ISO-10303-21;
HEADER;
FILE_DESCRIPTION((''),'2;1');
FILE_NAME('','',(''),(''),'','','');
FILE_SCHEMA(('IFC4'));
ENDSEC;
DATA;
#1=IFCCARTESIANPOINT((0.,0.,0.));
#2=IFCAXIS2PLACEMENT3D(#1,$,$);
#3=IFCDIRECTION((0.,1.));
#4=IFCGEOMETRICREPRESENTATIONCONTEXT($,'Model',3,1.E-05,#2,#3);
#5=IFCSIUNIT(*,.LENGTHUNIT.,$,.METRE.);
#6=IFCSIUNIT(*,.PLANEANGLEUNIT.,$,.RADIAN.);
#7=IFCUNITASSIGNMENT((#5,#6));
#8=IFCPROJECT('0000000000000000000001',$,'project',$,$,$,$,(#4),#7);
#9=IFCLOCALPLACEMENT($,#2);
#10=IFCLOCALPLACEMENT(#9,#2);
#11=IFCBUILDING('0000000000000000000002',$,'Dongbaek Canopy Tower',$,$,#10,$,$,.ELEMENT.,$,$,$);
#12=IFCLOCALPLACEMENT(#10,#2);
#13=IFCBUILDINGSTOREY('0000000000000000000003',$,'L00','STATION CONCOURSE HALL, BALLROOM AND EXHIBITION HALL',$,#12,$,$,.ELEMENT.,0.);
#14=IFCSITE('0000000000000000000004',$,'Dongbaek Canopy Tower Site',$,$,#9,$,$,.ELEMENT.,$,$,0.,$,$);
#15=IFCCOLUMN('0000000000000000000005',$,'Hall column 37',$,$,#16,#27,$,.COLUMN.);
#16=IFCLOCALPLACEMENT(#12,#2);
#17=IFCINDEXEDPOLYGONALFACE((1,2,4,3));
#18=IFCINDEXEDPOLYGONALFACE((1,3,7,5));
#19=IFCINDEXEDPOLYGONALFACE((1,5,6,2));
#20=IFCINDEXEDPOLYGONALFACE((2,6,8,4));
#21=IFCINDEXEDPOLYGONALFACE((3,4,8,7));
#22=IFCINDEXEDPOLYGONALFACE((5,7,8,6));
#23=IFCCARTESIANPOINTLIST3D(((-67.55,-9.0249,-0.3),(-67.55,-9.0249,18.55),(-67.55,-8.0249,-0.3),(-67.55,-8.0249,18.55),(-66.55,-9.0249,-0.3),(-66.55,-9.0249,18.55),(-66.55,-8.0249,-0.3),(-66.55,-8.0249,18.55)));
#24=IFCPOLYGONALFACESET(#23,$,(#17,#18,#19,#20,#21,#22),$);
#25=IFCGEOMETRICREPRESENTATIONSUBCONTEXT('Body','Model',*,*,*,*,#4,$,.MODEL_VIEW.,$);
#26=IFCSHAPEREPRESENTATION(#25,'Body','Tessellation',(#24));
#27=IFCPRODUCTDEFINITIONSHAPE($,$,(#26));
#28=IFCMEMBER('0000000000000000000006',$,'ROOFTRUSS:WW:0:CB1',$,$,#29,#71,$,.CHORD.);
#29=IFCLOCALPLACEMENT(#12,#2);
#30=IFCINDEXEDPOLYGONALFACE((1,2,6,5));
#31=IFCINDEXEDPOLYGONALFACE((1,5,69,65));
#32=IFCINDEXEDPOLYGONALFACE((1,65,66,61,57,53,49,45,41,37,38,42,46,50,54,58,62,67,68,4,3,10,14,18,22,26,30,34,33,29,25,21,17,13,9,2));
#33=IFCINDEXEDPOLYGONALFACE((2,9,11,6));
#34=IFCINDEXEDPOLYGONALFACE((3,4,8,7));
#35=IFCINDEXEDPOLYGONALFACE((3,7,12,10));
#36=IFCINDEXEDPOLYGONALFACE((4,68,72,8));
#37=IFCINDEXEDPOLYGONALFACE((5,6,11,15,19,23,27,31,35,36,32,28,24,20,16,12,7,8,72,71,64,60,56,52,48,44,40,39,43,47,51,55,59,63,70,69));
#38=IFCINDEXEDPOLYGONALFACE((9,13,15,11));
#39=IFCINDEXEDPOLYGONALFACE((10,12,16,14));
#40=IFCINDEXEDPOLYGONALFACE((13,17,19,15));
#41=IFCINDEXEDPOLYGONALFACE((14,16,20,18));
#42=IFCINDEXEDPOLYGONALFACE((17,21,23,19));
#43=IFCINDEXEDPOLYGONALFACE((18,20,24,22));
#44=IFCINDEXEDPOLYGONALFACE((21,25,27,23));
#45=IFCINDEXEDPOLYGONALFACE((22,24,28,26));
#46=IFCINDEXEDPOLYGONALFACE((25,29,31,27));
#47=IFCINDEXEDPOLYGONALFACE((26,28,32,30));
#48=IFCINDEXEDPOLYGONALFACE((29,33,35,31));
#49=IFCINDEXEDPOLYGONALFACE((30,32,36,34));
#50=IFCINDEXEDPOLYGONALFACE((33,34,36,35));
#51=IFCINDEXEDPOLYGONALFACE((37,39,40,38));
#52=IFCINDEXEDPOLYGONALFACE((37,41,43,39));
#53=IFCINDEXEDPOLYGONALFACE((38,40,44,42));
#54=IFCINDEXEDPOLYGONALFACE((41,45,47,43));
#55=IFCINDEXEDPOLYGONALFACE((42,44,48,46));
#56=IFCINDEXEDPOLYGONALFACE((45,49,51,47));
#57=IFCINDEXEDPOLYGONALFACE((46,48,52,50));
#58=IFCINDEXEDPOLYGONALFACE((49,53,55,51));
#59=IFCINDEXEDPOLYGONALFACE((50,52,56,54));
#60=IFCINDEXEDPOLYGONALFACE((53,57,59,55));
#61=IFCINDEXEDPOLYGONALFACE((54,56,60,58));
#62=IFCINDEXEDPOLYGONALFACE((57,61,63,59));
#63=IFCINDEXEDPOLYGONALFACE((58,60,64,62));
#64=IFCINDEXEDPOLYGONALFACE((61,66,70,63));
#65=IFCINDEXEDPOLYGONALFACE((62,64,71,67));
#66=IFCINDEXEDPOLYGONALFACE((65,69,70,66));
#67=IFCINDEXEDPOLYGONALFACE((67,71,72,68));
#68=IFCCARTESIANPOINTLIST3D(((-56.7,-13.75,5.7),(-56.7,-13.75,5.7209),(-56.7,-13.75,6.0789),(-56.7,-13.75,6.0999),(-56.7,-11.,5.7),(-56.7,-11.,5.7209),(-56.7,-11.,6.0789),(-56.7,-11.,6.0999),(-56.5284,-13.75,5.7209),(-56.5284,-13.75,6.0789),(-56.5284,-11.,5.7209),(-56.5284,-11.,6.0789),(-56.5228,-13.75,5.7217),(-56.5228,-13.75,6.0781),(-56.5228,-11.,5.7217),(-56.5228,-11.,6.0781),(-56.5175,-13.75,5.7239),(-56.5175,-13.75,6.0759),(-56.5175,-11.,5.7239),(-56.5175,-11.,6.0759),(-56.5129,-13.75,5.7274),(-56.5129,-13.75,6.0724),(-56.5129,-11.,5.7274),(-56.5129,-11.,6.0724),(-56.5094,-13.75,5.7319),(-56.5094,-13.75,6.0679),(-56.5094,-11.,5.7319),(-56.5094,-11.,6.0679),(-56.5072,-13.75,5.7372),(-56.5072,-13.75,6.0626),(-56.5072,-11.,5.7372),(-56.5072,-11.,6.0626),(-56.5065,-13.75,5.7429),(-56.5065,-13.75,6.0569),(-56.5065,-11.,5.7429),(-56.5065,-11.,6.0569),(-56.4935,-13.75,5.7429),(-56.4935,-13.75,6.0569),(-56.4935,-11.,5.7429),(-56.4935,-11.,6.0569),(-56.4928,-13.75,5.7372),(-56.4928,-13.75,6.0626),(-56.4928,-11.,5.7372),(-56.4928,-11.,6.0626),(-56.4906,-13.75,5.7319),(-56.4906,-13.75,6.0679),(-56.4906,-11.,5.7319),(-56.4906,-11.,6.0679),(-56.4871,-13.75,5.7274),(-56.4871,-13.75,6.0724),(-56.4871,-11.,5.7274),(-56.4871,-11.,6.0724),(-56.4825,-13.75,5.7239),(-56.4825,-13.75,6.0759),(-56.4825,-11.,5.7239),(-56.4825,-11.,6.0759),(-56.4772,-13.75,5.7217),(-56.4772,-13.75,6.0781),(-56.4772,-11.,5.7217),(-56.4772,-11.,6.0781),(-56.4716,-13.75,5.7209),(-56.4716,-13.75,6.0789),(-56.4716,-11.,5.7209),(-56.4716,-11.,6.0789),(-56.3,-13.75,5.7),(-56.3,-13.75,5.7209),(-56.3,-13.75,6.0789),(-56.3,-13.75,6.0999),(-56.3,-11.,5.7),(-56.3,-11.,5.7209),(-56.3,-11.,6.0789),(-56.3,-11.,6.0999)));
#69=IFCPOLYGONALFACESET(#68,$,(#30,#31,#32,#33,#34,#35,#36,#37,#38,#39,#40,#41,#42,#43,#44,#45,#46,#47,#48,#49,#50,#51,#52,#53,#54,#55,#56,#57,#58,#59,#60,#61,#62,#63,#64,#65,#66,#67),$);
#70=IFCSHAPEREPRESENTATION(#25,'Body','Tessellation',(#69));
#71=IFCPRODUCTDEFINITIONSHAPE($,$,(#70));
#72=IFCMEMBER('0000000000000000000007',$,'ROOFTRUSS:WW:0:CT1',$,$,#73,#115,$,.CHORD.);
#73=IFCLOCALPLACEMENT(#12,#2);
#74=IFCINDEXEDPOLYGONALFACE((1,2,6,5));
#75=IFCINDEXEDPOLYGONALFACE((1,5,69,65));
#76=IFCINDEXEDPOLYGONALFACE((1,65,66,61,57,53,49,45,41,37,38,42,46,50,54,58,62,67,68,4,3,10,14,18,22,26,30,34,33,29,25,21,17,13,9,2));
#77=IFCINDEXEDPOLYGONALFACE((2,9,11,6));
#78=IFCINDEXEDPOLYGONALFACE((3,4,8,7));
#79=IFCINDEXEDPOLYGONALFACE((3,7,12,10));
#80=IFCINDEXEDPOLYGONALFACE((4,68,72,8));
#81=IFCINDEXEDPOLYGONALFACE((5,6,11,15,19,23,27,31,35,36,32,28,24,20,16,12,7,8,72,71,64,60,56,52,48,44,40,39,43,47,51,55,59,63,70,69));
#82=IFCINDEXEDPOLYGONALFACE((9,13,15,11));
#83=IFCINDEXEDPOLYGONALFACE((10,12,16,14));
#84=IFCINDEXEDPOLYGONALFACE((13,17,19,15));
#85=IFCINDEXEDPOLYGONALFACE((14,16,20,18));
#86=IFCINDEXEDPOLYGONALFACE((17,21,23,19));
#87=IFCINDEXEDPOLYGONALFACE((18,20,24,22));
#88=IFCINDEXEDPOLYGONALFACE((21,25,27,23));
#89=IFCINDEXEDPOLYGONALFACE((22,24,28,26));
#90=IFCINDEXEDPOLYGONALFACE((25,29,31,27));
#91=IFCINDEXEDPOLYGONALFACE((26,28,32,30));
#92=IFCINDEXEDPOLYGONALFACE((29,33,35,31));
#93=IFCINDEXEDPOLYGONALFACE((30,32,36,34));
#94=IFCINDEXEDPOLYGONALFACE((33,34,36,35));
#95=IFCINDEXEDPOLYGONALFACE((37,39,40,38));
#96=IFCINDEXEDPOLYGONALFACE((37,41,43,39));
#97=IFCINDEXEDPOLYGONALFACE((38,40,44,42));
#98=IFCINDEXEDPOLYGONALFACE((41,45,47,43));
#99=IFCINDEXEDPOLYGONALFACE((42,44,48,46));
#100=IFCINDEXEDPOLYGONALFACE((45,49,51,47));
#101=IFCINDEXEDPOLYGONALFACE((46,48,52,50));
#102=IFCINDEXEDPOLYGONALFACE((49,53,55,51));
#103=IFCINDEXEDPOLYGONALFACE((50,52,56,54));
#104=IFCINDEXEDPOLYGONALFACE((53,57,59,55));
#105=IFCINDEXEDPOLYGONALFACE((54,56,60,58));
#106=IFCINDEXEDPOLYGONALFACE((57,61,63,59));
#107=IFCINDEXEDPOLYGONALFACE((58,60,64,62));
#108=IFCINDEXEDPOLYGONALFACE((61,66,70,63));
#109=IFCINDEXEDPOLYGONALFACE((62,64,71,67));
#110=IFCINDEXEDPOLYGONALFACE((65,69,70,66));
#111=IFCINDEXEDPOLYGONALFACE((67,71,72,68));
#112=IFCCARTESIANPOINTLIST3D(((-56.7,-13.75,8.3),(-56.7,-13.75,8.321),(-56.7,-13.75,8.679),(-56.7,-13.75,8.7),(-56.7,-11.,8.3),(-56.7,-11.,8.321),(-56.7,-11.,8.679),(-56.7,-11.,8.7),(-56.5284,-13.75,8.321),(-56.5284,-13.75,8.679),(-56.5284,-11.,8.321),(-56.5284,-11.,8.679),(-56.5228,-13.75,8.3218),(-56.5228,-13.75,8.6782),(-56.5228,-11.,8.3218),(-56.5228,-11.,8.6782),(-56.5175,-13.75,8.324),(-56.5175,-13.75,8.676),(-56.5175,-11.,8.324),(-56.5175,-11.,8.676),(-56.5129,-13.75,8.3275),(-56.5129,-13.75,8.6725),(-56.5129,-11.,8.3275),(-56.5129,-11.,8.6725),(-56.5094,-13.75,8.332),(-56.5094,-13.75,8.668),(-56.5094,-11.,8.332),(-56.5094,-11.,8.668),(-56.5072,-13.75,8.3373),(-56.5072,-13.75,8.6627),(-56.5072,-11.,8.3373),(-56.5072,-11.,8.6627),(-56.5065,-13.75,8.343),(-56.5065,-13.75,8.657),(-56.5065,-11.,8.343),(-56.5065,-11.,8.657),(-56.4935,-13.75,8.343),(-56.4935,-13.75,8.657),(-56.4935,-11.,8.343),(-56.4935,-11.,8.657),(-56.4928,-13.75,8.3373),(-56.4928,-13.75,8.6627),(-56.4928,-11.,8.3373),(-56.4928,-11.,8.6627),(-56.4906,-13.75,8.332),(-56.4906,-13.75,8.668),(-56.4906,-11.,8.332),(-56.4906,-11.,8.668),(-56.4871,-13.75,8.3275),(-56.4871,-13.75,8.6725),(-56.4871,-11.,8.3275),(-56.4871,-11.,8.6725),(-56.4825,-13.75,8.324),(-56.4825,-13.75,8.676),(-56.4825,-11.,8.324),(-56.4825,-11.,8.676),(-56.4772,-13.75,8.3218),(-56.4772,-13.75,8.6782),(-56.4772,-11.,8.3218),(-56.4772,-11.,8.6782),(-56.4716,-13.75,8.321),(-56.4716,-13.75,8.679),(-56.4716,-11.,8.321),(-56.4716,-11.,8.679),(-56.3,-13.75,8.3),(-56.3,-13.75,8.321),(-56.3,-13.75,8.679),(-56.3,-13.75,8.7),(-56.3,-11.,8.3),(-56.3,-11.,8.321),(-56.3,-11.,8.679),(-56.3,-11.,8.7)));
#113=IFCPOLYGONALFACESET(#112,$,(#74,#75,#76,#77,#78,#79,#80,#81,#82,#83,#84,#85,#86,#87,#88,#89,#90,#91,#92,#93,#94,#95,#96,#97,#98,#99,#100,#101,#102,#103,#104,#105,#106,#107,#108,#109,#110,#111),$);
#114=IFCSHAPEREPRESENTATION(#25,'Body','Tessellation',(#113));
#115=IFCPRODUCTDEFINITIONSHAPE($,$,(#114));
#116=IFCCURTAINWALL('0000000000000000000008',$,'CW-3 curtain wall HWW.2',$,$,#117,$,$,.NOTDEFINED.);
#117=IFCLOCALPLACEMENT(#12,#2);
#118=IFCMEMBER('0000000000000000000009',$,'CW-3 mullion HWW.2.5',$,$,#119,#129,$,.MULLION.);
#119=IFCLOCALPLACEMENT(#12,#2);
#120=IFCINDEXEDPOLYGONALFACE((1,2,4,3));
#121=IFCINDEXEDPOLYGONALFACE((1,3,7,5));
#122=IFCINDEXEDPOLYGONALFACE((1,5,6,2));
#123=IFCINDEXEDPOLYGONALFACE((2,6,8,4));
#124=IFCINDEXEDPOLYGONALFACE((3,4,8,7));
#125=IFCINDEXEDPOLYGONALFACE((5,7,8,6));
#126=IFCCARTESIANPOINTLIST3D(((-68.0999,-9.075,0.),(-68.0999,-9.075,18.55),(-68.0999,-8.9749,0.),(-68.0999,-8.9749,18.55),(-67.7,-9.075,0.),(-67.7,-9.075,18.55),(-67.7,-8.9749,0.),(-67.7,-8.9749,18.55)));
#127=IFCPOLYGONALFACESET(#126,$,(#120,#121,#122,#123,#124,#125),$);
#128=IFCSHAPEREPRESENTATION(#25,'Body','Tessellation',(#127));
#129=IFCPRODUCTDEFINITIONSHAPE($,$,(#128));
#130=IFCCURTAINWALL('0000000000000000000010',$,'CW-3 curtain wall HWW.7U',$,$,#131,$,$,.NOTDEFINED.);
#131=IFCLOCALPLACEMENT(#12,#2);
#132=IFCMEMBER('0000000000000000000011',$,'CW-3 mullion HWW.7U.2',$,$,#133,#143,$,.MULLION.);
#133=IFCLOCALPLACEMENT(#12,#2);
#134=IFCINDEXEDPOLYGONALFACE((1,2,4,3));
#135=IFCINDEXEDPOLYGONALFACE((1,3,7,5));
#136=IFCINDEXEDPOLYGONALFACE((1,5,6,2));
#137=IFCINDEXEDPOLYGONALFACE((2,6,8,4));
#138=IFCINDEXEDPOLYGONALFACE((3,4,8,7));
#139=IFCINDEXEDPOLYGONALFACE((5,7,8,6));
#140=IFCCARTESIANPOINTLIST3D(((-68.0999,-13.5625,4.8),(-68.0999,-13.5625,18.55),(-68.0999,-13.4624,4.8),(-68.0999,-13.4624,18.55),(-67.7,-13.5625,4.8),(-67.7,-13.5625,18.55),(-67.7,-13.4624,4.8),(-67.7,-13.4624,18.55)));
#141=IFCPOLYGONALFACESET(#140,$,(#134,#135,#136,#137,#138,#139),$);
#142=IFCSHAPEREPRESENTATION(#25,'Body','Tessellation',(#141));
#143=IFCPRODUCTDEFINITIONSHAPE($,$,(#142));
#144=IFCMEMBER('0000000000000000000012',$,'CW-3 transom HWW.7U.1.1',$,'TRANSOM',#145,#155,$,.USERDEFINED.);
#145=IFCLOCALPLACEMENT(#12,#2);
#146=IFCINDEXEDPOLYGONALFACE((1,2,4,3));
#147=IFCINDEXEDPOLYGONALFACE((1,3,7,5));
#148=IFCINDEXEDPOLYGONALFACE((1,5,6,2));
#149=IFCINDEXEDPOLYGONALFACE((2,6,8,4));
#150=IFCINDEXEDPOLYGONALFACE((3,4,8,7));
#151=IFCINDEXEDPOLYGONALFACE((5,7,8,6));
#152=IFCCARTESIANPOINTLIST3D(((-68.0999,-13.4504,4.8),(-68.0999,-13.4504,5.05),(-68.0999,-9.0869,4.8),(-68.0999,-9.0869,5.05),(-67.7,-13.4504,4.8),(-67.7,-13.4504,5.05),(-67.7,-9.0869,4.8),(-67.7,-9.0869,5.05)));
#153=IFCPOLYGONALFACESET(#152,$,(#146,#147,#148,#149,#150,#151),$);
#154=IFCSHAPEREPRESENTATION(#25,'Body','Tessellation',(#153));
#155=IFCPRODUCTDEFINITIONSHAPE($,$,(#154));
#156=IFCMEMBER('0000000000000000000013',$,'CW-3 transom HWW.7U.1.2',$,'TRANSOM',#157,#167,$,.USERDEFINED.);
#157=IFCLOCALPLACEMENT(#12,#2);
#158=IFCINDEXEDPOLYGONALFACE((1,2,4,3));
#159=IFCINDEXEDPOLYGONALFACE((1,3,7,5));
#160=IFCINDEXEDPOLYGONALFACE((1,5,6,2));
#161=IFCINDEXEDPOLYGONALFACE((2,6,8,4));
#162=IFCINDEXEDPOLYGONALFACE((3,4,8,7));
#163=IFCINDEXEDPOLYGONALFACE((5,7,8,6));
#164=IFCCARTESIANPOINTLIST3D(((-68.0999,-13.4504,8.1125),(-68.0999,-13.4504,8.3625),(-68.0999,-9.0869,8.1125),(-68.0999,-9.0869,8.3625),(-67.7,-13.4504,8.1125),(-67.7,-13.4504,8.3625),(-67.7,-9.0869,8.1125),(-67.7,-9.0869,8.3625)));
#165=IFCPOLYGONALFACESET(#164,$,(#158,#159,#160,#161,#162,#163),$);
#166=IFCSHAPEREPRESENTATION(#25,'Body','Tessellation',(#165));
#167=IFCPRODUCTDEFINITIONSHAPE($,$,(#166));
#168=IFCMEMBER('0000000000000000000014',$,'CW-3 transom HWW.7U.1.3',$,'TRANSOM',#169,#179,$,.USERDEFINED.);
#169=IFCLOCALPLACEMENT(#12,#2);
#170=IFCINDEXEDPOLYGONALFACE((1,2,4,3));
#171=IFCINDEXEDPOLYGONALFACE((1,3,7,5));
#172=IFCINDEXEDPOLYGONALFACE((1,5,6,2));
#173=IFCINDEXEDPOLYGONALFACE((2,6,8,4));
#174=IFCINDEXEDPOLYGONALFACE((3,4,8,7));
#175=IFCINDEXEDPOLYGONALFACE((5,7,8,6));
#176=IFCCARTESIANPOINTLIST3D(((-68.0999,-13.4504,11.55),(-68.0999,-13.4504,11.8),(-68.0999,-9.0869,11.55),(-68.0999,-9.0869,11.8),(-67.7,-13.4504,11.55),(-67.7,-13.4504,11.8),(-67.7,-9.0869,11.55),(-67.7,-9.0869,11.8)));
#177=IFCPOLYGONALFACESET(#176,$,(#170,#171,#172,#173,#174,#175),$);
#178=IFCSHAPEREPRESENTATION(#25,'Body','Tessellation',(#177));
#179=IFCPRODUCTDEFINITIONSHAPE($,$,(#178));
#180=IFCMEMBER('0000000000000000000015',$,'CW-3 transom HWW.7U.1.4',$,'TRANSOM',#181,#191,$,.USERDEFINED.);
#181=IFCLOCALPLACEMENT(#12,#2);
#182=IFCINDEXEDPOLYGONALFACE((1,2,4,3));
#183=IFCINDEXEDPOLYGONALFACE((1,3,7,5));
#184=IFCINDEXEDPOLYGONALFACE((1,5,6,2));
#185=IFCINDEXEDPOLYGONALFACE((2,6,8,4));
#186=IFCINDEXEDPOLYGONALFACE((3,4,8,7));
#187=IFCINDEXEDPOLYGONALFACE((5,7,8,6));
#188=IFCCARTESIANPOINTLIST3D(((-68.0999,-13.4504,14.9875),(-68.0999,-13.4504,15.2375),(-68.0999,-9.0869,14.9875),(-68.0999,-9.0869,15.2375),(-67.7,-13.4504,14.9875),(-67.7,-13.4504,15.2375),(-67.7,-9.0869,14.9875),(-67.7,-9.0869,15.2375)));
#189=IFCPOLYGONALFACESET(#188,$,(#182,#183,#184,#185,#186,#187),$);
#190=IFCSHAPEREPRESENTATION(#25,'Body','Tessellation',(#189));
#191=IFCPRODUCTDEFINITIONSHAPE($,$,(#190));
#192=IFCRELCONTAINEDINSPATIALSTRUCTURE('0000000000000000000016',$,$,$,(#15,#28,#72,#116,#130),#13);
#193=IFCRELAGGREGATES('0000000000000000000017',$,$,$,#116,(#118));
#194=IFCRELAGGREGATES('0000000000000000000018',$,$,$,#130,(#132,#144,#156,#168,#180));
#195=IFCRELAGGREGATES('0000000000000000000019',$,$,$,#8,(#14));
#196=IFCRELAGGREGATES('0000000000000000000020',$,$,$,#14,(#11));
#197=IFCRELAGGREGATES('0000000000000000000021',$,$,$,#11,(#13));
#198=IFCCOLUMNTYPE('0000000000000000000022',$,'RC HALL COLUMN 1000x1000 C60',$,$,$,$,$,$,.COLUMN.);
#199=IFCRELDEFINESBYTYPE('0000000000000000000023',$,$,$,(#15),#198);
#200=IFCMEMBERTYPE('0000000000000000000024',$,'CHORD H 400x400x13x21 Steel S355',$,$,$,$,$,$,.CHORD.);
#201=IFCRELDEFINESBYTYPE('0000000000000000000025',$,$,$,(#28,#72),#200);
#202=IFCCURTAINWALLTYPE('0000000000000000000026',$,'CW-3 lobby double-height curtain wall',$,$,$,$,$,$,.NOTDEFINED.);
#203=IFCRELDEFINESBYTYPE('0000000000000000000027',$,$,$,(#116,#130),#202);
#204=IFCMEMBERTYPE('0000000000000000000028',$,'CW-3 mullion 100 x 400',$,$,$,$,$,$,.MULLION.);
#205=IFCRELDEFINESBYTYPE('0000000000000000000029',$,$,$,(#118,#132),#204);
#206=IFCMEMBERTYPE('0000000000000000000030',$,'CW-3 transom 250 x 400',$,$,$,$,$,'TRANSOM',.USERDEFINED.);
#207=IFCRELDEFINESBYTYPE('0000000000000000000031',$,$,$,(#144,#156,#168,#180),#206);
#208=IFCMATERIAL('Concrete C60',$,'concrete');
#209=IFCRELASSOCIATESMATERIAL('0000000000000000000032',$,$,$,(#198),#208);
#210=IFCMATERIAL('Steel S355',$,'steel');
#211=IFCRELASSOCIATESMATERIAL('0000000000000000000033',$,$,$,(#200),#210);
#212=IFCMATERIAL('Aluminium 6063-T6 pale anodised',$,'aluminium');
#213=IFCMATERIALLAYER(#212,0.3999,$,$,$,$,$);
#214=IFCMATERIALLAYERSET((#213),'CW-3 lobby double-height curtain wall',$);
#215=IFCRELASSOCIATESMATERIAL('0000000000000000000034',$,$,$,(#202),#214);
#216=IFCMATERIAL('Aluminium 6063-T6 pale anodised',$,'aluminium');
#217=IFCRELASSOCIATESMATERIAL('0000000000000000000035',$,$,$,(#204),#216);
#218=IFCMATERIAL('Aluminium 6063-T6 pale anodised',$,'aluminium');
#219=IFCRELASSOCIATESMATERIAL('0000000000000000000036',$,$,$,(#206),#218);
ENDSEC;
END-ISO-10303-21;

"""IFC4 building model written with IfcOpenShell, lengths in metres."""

from ifc_helpers import new_model, si_unit, direction, frame, origin, origin_2d, place, context, subcontext, project, spatial, rectangle, i_section, extrude, material, layer, layer_set, material_profile, profile_set, type_object, element, aggregate, save


model = new_model("IFC4")

# Units and contexts
model_context = context("Model", 3, precision=1e-05, world=origin(), true_north=direction((0.0, 1.0)))
body_context = subcontext(model_context, "Body", "Model", "MODEL_VIEW")
ifc_project = project(units=[si_unit("LENGTHUNIT", "METRE"), si_unit("PLANEANGLEUNIT", "RADIAN")], contexts=[model_context])

# Site, building, storey
site_placement = place(None, origin())
site = spatial("IfcSite", under=ifc_project, at=site_placement, Name="Dongbaek Canopy Tower Site", CompositionType="ELEMENT", RefElevation=0.0)
building_placement = place(site_placement, origin())
building = spatial("IfcBuilding", under=site, at=building_placement, Name="Dongbaek Canopy Tower", CompositionType="ELEMENT")
storey_placement = place(building_placement, origin())
storey = spatial("IfcBuildingStorey", under=building, at=storey_placement, Name="L00", Description="STATION CONCOURSE HALL, BALLROOM AND EXHIBITION HALL", CompositionType="ELEMENT", Elevation=0.0)

# Column
ifc_material_1 = material(Name="Concrete C60", Category="concrete")
ifc_material_profile_1 = material_profile(ifc_material_1, rectangle(XDim=1.0, YDim=1.0, at=origin_2d()), Name="RC HALL COLUMN 1000x1000 C60")
ifc_profile_set_1 = profile_set([ifc_material_profile_1], Name="Concrete C60")
column_type = type_object("IfcColumnType", Name="RC HALL COLUMN 1000x1000 C60", PredefinedType="COLUMN", material=ifc_profile_set_1)
column_placement = place(storey_placement, frame((-67.05, -8.5249, -0.3), z_axis=(0.0, 0.0, 1.0), x_axis=(1.0, 0.0, 0.0)))
element("IfcColumn", 1, at=column_placement, inside=storey, type_object=column_type, Name="Hall column 37", PredefinedType="COLUMN", context=body_context, shape_type="SweptSolid", body=[
    extrude(rectangle(XDim=1.0, YDim=1.0, at=origin_2d()), origin(), (0.0, 0.0, 1.0), 18.8501),
])

# Members
ifc_material_2 = material(Name="Steel S355", Category="steel")
ifc_material_profile_2 = material_profile(ifc_material_2, i_section(OverallWidth=0.3999, OverallDepth=0.3999, WebThickness=0.0129, FlangeThickness=0.021, FilletRadius=0.022, at=origin_2d()), Name="CHORD H 400x400x13x21 Steel S355")
ifc_profile_set_2 = profile_set([ifc_material_profile_2], Name="Steel S355")
member_type_1 = type_object("IfcMemberType", Name="CHORD H 400x400x13x21 Steel S355", PredefinedType="CHORD", material=ifc_profile_set_2)
for number, where, z_axis, x_axis, name in (
    (2, (-56.5, -13.75, 5.8999), (0.0, 1.0, 0.0), (-1.0, 0.0, 0.0), "ROOFTRUSS:WW:0:CB1"),
    (3, (-56.5, -13.75, 8.5), (0.0, 1.0, 0.0), (-1.0, 0.0, 0.0), "ROOFTRUSS:WW:0:CT1"),
):
    element("IfcMember", number, at=place(storey_placement, frame(where, z_axis=z_axis, x_axis=x_axis)), inside=storey, type_object=member_type_1, Name=name, PredefinedType="CHORD", context=body_context, shape_type="SweptSolid", body=[
        extrude(i_section(OverallWidth=0.3999, OverallDepth=0.3999, WebThickness=0.0129, FlangeThickness=0.021, FilletRadius=0.022, at=origin_2d()), origin(), (0.0, 0.0, 1.0), 2.75),
    ])

# Curtain wall, member
ifc_material_3 = material(Name="Aluminium 6063-T6 pale anodised", Category="aluminium")
ifc_layer_1 = layer(ifc_material_3, 0.3999)
ifc_layer_set_1 = layer_set([ifc_layer_1], Name="CW-3 lobby double-height curtain wall")
curtain_wall_type = type_object("IfcCurtainWallType", Name="CW-3 lobby double-height curtain wall", PredefinedType="NOTDEFINED", material=ifc_layer_set_1)
curtain_wall_1_placement = place(storey_placement, origin())
curtain_wall_1 = element("IfcCurtainWall", 4, at=curtain_wall_1_placement, inside=storey, type_object=curtain_wall_type, Name="CW-3 curtain wall HWW.2", PredefinedType="NOTDEFINED")
ifc_material_4 = material(Name="Aluminium 6063-T6 pale anodised", Category="aluminium")
ifc_material_profile_3 = material_profile(ifc_material_4, rectangle(XDim=0.3999, YDim=0.1001, at=origin_2d()), Name="CW-3 mullion 100 x 400")
ifc_profile_set_3 = profile_set([ifc_material_profile_3], Name="Aluminium 6063-T6 pale anodised")
member_type_2 = type_object("IfcMemberType", Name="CW-3 mullion 100 x 400", PredefinedType="MULLION", material=ifc_profile_set_3)
member_1_placement = place(storey_placement, frame((-67.8999, -9.0249, 0.0), z_axis=(0.0, 0.0, 1.0), x_axis=(-1.0, 0.0, 0.0)))
member_1 = element("IfcMember", 5, at=member_1_placement, type_object=member_type_2, Name="CW-3 mullion HWW.2.5", PredefinedType="MULLION", context=body_context, shape_type="SweptSolid", body=[
    extrude(rectangle(XDim=0.3999, YDim=0.1001, at=origin_2d()), origin(), (0.0, 0.0, 1.0), 18.55),
])
aggregate(curtain_wall_1, [member_1])

# Curtain wall, members
curtain_wall_2_placement = place(storey_placement, origin())
curtain_wall_2 = element("IfcCurtainWall", 6, at=curtain_wall_2_placement, inside=storey, type_object=curtain_wall_type, Name="CW-3 curtain wall HWW.7U", PredefinedType="NOTDEFINED")
member_2_placement = place(storey_placement, frame((-67.8999, -13.5125, 4.8), z_axis=(0.0, 0.0, 1.0), x_axis=(-1.0, 0.0, 0.0)))
member_2 = element("IfcMember", 7, at=member_2_placement, type_object=member_type_2, Name="CW-3 mullion HWW.7U.2", PredefinedType="MULLION", context=body_context, shape_type="SweptSolid", body=[
    extrude(rectangle(XDim=0.3999, YDim=0.1001, at=origin_2d()), origin(), (0.0, 0.0, 1.0), 13.75),
])
ifc_material_5 = material(Name="Aluminium 6063-T6 pale anodised", Category="aluminium")
ifc_material_profile_4 = material_profile(ifc_material_5, rectangle(XDim=0.3999, YDim=0.25, at=origin_2d()), Name="CW-3 transom 250 x 400")
ifc_profile_set_4 = profile_set([ifc_material_profile_4], Name="Aluminium 6063-T6 pale anodised")
member_type_3 = type_object("IfcMemberType", Name="CW-3 transom 250 x 400", ElementType="TRANSOM", PredefinedType="USERDEFINED", material=ifc_profile_set_4)
member_3_placement = place(storey_placement, frame((-67.8999, -9.0869, 4.925), z_axis=(0.0, -1.0, 0.0), x_axis=(1.0, 0.0, 0.0)))
member_3 = element("IfcMember", 8, at=member_3_placement, type_object=member_type_3, Name="CW-3 transom HWW.7U.1.1", ObjectType="TRANSOM", PredefinedType="USERDEFINED", context=body_context, shape_type="SweptSolid", body=[
    extrude(rectangle(XDim=0.3999, YDim=0.25, at=origin_2d()), origin(), (0.0, 0.0, 1.0), 4.3635),
])
member_4_placement = place(storey_placement, frame((-67.8999, -9.0869, 8.2375), z_axis=(0.0, -1.0, 0.0), x_axis=(1.0, 0.0, 0.0)))
member_4 = element("IfcMember", 9, at=member_4_placement, type_object=member_type_3, Name="CW-3 transom HWW.7U.1.2", ObjectType="TRANSOM", PredefinedType="USERDEFINED", context=body_context, shape_type="SweptSolid", body=[
    extrude(rectangle(XDim=0.3999, YDim=0.25, at=origin_2d()), origin(), (0.0, 0.0, 1.0), 4.3635),
])
member_5_placement = place(storey_placement, frame((-67.8999, -9.0869, 11.675), z_axis=(0.0, -1.0, 0.0), x_axis=(1.0, 0.0, 0.0)))
member_5 = element("IfcMember", 10, at=member_5_placement, type_object=member_type_3, Name="CW-3 transom HWW.7U.1.3", ObjectType="TRANSOM", PredefinedType="USERDEFINED", context=body_context, shape_type="SweptSolid", body=[
    extrude(rectangle(XDim=0.3999, YDim=0.25, at=origin_2d()), origin(), (0.0, 0.0, 1.0), 4.3635),
])
member_6_placement = place(storey_placement, frame((-67.8999, -9.0869, 15.1125), z_axis=(0.0, -1.0, 0.0), x_axis=(1.0, 0.0, 0.0)))
member_6 = element("IfcMember", 11, at=member_6_placement, type_object=member_type_3, Name="CW-3 transom HWW.7U.1.4", ObjectType="TRANSOM", PredefinedType="USERDEFINED", context=body_context, shape_type="SweptSolid", body=[
    extrude(rectangle(XDim=0.3999, YDim=0.25, at=origin_2d()), origin(), (0.0, 0.0, 1.0), 4.3635),
])

aggregate(curtain_wall_2, [member_2, member_3, member_4, member_5, member_6])

save(model, "model.ifc")
